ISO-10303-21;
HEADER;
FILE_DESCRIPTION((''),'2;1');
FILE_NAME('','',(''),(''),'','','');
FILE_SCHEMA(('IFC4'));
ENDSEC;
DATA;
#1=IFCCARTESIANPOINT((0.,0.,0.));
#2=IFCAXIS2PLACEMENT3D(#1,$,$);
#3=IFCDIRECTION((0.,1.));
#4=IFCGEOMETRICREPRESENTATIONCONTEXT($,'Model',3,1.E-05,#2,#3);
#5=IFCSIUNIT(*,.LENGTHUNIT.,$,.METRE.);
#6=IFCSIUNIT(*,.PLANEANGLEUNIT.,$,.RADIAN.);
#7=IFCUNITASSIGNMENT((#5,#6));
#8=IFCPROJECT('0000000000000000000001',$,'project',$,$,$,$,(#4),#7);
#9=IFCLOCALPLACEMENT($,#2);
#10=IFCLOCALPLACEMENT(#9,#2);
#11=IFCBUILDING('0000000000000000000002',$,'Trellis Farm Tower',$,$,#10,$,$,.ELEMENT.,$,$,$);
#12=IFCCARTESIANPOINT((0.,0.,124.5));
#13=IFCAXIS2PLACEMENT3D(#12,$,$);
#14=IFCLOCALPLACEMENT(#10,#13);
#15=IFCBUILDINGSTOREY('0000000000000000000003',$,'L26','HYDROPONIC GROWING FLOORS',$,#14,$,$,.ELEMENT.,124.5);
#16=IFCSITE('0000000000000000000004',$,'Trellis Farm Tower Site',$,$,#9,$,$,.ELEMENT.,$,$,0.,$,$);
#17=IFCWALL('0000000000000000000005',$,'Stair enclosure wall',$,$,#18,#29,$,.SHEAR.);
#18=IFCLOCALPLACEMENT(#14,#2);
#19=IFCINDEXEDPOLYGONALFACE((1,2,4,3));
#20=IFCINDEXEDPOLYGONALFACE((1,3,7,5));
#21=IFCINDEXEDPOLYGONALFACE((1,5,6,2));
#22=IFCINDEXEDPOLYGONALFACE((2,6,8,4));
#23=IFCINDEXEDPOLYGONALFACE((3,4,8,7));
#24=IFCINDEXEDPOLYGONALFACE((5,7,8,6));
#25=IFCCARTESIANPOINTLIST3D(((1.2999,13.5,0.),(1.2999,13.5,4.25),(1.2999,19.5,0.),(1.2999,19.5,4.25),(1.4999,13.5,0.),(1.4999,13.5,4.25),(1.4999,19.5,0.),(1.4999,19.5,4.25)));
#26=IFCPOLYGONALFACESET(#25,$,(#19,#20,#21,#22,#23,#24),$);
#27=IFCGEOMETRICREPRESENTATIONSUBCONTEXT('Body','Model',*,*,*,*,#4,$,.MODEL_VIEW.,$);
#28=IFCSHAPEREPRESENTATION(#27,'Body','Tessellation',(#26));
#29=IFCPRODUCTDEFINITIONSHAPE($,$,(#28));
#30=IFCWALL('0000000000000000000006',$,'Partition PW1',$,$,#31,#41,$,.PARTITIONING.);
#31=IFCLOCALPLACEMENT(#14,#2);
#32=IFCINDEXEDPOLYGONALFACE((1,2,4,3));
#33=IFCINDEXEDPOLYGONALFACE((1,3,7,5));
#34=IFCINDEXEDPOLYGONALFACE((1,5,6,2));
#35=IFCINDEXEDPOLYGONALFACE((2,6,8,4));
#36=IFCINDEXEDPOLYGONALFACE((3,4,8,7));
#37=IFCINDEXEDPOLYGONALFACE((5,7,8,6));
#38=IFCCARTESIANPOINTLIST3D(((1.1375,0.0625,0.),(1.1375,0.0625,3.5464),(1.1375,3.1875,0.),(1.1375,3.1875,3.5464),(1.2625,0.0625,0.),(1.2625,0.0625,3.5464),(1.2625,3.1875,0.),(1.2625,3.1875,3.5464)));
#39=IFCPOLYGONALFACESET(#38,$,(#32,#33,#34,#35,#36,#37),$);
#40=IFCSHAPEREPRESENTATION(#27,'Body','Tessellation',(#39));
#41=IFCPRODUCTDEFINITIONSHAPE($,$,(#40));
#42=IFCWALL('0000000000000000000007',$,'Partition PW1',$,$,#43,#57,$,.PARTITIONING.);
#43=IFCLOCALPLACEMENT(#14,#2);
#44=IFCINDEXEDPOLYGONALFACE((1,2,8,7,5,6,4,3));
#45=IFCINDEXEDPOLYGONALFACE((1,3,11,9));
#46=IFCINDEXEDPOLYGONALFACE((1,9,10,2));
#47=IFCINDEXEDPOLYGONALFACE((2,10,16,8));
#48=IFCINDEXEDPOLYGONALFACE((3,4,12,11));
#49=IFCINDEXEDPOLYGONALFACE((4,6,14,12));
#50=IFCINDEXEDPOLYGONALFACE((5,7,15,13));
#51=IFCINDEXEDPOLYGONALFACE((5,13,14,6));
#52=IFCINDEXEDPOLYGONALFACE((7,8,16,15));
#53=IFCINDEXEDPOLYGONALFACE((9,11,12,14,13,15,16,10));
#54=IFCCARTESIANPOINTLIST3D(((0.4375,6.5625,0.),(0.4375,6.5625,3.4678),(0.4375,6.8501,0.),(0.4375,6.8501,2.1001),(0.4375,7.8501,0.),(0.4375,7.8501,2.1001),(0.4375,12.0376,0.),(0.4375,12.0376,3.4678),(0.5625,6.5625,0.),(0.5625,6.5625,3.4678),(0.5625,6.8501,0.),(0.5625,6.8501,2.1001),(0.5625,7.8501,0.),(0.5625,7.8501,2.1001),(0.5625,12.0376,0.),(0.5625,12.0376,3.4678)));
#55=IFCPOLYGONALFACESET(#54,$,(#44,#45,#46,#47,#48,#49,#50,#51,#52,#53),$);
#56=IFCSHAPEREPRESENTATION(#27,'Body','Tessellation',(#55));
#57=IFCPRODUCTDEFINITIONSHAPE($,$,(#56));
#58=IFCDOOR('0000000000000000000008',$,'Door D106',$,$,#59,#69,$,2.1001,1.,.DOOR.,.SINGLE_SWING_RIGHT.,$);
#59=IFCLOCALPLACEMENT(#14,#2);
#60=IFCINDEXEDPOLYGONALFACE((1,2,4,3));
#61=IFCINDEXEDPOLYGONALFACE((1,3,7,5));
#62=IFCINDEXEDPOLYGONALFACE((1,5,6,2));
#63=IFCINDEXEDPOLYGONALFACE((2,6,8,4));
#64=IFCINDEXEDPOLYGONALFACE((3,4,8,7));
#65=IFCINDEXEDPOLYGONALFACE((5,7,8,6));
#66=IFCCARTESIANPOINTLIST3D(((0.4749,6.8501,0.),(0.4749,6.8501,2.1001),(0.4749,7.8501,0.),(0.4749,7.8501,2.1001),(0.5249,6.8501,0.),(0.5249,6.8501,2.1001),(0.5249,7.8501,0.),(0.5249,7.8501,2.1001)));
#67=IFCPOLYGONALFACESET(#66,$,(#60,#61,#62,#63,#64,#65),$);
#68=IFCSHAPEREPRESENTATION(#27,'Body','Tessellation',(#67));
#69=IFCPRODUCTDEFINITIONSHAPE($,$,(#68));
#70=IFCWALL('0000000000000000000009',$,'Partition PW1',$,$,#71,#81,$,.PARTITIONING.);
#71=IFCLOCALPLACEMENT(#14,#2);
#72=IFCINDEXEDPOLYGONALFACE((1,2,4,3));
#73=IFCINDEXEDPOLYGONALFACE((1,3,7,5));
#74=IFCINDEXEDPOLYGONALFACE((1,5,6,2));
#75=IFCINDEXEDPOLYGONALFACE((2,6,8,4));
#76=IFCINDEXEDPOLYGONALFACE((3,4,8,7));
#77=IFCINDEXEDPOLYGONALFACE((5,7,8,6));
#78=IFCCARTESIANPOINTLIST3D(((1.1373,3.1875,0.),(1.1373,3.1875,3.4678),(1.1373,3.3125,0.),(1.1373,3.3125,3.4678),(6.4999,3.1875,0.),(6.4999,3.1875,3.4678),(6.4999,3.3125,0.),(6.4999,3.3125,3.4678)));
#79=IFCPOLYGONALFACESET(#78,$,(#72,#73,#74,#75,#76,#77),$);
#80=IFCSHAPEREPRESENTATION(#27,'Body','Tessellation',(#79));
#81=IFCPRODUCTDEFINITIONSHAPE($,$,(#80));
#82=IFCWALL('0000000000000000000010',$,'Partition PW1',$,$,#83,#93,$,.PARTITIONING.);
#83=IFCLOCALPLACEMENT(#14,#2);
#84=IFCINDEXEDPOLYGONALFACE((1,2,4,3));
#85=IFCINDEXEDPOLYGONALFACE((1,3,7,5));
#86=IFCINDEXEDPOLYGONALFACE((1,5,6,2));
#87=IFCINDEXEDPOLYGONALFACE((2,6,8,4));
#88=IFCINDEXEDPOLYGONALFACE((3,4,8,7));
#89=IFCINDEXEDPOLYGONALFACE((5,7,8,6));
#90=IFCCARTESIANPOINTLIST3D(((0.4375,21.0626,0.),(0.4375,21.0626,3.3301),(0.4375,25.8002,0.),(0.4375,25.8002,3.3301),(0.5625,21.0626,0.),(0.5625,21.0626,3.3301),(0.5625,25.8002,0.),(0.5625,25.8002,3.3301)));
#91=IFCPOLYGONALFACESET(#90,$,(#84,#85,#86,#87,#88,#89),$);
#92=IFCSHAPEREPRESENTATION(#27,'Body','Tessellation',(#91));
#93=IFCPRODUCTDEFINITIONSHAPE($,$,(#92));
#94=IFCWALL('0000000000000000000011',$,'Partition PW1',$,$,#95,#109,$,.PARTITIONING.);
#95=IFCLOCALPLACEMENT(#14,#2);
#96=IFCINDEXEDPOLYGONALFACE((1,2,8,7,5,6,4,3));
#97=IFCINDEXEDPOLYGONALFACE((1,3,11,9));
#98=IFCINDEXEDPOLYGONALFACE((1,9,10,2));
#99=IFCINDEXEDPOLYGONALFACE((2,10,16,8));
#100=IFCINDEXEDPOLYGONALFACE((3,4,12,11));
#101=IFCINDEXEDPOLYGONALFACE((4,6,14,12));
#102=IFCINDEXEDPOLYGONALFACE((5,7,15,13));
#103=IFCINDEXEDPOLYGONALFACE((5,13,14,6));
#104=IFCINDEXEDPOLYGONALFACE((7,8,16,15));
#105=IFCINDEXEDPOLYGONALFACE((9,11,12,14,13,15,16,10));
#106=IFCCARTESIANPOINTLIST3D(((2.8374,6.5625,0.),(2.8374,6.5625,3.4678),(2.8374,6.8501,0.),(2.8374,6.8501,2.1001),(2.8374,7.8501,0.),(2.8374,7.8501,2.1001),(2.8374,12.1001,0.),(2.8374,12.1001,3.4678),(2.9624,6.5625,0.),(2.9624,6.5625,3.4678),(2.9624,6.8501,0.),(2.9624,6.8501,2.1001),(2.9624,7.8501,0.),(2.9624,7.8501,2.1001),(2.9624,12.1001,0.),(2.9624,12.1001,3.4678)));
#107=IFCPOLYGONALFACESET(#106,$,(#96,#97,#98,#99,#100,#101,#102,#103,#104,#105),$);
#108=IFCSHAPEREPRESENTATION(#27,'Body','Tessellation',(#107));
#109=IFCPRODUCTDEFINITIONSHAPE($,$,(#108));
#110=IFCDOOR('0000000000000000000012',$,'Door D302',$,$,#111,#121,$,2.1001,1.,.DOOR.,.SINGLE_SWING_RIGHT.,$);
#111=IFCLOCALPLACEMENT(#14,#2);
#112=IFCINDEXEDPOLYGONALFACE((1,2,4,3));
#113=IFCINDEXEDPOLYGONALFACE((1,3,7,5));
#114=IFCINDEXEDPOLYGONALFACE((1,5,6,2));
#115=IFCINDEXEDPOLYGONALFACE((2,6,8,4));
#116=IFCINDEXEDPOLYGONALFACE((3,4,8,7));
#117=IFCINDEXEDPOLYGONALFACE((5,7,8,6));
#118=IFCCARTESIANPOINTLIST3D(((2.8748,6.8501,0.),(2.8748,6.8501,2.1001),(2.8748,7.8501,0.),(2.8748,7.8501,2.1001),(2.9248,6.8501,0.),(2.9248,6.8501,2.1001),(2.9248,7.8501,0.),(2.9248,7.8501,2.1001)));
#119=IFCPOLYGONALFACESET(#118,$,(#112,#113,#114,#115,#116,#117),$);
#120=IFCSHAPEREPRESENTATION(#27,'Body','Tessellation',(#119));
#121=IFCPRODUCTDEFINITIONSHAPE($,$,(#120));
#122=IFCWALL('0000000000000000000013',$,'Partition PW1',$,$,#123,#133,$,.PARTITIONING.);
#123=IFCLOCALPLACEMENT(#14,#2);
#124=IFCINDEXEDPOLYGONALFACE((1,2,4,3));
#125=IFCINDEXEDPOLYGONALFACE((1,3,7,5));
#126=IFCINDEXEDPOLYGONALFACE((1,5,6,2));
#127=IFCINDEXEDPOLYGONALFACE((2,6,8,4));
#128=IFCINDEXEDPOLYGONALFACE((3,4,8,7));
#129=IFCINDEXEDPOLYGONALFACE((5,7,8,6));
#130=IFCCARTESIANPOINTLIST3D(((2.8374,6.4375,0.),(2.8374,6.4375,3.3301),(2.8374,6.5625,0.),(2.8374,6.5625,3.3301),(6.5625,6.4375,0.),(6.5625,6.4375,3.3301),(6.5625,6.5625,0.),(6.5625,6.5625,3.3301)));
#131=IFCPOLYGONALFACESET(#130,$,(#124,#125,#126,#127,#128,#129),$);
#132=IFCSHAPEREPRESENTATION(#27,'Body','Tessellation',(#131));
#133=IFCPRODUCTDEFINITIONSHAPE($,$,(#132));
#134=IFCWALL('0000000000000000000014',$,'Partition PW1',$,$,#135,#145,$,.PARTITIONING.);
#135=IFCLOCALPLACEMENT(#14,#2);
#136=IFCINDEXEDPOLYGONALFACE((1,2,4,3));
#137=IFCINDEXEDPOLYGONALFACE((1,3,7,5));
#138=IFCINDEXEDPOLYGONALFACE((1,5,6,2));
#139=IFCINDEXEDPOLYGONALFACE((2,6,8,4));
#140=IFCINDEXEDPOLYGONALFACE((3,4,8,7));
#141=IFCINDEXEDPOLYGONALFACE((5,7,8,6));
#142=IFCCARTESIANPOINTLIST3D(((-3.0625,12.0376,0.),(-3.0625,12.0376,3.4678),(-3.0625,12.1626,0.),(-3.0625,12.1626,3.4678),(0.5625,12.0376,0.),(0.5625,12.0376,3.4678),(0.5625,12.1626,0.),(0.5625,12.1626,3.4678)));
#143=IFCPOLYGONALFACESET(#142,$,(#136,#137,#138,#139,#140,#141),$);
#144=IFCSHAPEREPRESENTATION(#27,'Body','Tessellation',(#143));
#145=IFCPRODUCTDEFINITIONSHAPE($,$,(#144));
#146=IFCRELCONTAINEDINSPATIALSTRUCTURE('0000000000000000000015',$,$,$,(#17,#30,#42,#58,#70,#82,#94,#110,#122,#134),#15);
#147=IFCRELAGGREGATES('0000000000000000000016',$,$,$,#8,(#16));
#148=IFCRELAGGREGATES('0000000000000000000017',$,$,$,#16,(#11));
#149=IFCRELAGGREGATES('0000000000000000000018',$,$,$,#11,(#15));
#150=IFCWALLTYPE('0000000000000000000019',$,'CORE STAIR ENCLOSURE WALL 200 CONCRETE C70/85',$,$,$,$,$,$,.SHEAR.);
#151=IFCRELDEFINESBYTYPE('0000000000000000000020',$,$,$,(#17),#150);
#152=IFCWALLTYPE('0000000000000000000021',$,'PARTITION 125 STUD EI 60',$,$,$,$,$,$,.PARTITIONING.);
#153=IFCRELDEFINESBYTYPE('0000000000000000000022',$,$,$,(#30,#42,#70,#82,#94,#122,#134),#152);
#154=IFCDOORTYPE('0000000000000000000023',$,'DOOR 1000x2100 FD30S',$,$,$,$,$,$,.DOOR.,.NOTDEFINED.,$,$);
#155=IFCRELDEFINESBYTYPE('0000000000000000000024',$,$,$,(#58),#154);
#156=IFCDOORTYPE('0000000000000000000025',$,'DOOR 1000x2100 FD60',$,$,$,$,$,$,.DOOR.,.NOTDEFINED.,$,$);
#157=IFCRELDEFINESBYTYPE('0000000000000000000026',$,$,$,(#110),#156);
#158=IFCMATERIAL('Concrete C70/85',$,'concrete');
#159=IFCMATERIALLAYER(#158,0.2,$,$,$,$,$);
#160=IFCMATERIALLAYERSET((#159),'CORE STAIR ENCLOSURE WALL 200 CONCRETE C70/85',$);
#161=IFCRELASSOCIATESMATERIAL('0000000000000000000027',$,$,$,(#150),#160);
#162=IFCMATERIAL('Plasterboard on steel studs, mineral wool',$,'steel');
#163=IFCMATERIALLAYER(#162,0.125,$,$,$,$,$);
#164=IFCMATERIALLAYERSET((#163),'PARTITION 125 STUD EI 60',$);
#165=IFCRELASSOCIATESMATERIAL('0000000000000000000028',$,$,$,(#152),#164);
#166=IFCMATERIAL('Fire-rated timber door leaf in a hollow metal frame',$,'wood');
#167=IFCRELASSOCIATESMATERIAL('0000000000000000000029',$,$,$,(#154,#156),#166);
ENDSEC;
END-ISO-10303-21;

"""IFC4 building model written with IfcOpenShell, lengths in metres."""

from ifc_helpers import new_model, si_unit, direction, frame, frame_2d, origin, place, context, subcontext, project, spatial, rectangle, extrude, source, transform, mapped, material, layer, layer_set, type_object, element, fill, save


model = new_model("IFC4")

# Units and contexts
model_context = context("Model", 3, precision=1e-05, world=origin(), true_north=direction((0.0, 1.0)))
body_context = subcontext(model_context, "Body", "Model", "MODEL_VIEW")
ifc_project = project(units=[si_unit("LENGTHUNIT", "METRE"), si_unit("PLANEANGLEUNIT", "RADIAN")], contexts=[model_context])

# Site, building, storey
site_placement = place(None, origin())
site = spatial("IfcSite", under=ifc_project, at=site_placement, Name="Trellis Farm Tower Site", CompositionType="ELEMENT", RefElevation=0.0)
building_placement = place(site_placement, origin())
building = spatial("IfcBuilding", under=site, at=building_placement, Name="Trellis Farm Tower", CompositionType="ELEMENT")
storey_placement = place(building_placement, frame((0.0, 0.0, 124.5)))
storey = spatial("IfcBuildingStorey", under=building, at=storey_placement, Name="L26", Description="HYDROPONIC GROWING FLOORS", CompositionType="ELEMENT", Elevation=124.5)

# Walls
ifc_material_1 = material(Name="Concrete C70/85", Category="concrete")
ifc_layer_1 = layer(ifc_material_1, 0.2)
ifc_layer_set_1 = layer_set([ifc_layer_1], Name="CORE STAIR ENCLOSURE WALL 200 CONCRETE C70/85")
wall_type_1 = type_object("IfcWallType", Name="CORE STAIR ENCLOSURE WALL 200 CONCRETE C70/85", PredefinedType="SHEAR", material=ifc_layer_set_1)
shared_shape_1 = source(origin(), body_context, "Body", "SweptSolid", [
    extrude(rectangle(XDim=6.0, YDim=0.2, at=frame_2d((3.0, 0.0))), origin(), (0.0, 0.0, 1.0), 4.25),
])
wall_1_placement = place(storey_placement, frame((1.3999, 13.5, 0.0), z_axis=(0.0, 0.0, 1.0), x_axis=(0.0, 1.0, 0.0)))
element("IfcWall", 1, at=wall_1_placement, inside=storey, type_object=wall_type_1, Name="Stair enclosure wall", PredefinedType="SHEAR", context=body_context, shape_type="MappedRepresentation", body=[
    mapped(shared_shape_1, transform((0.0, 0.0, 0.0))),
])
ifc_material_2 = material(Name="Plasterboard on steel studs, mineral wool", Category="steel")
ifc_layer_2 = layer(ifc_material_2, 0.125)
ifc_layer_set_2 = layer_set([ifc_layer_2], Name="PARTITION 125 STUD EI 60")
wall_type_2 = type_object("IfcWallType", Name="PARTITION 125 STUD EI 60", PredefinedType="PARTITIONING", material=ifc_layer_set_2)
shared_shape_2 = source(origin(), body_context, "Body", "SweptSolid", [
    extrude(rectangle(XDim=3.125, YDim=0.125, at=frame_2d((1.5625, 0.0))), origin(), (0.0, 0.0, 1.0), 3.5464),
])
wall_2_placement = place(storey_placement, frame((1.2, 3.1875, 0.0), z_axis=(0.0, 0.0, 1.0), x_axis=(0.0, -1.0, 0.0)))
element("IfcWall", 2, at=wall_2_placement, inside=storey, type_object=wall_type_2, Name="Partition PW1", PredefinedType="PARTITIONING", context=body_context, shape_type="MappedRepresentation", body=[
    mapped(shared_shape_2, transform((0.0, 0.0, 0.0))),
])

# Wall, opening, door
shared_shape_3 = source(origin(), body_context, "Body", "SweptSolid", [
    extrude(rectangle(XDim=5.4751, YDim=0.125, at=frame_2d((2.7375, 0.0))), origin(), (0.0, 0.0, 1.0), 3.4678),
])
wall_3_placement = place(storey_placement, frame((0.5, 12.0376, 0.0), z_axis=(0.0, 0.0, 1.0), x_axis=(0.0, -1.0, 0.0)))
wall_3 = element("IfcWall", 3, at=wall_3_placement, inside=storey, type_object=wall_type_2, Name="Partition PW1", PredefinedType="PARTITIONING", context=body_context, shape_type="MappedRepresentation", body=[
    mapped(shared_shape_3, transform((0.0, 0.0, 0.0))),
])
shared_shape_4 = source(origin(), body_context, "Body", "SweptSolid", [
    extrude(rectangle(XDim=1.0, YDim=2.1001, at=frame_2d((0.5, 1.05))), frame((0.0, 0.0725, 0.0), z_axis=(0.0, -1.0, 0.0), x_axis=(1.0, 0.0, 0.0)), (0.0, 0.0, 1.0), 0.145),
])
opening_1_placement = place(wall_3_placement, frame((4.1875, 0.0, 0.0)))
opening_1 = element("IfcOpeningElement", 4, at=opening_1_placement, cuts=wall_3, PredefinedType="OPENING", context=body_context, shape_type="MappedRepresentation", body=[
    mapped(shared_shape_4, transform((0.0, 0.0, 0.0))),
])
ifc_material_3 = material(Name="Fire-rated timber door leaf in a hollow metal frame", Category="wood")
door_type_1 = type_object("IfcDoorType", Name="DOOR 1000x2100 FD30S", OperationType="NOTDEFINED", PredefinedType="DOOR", material=ifc_material_3)
shared_shape_5 = source(origin(), body_context, "Body", "SweptSolid", [
    extrude(rectangle(XDim=1.0, YDim=2.1001, at=frame_2d((0.5, 1.05))), frame((0.0, 0.0249, 0.0), z_axis=(0.0, -1.0, 0.0), x_axis=(1.0, 0.0, 0.0)), (0.0, 0.0, 1.0), 0.05),
])
door_1_placement = place(opening_1_placement, origin())
door_1 = element("IfcDoor", 5, at=door_1_placement, inside=storey, type_object=door_type_1, Name="Door D106", OperationType="SINGLE_SWING_RIGHT", OverallHeight=2.1001, OverallWidth=1.0, PredefinedType="DOOR", context=body_context, shape_type="MappedRepresentation", body=[
    mapped(shared_shape_5, transform((0.0, 0.0, 0.0))),
])
fill(opening_1, door_1)

# Walls
shared_shape_6 = source(origin(), body_context, "Body", "SweptSolid", [
    extrude(rectangle(XDim=5.3625, YDim=0.125, at=frame_2d((2.6812, 0.0))), origin(), (0.0, 0.0, 1.0), 3.4678),
])
wall_4_placement = place(storey_placement, frame((1.1375, 3.25, 0.0), z_axis=(0.0, 0.0, 1.0), x_axis=(1.0, 0.0, 0.0)))
element("IfcWall", 6, at=wall_4_placement, inside=storey, type_object=wall_type_2, Name="Partition PW1", PredefinedType="PARTITIONING", context=body_context, shape_type="MappedRepresentation", body=[
    mapped(shared_shape_6, transform((0.0, 0.0, 0.0))),
])
shared_shape_7 = source(origin(), body_context, "Body", "SweptSolid", [
    extrude(rectangle(XDim=4.7375, YDim=0.125, at=frame_2d((2.3687, 0.0))), origin(), (0.0, 0.0, 1.0), 3.3301),
])
wall_5_placement = place(storey_placement, frame((0.5, 25.8, 0.0), z_axis=(0.0, 0.0, 1.0), x_axis=(0.0, -1.0, 0.0)))
element("IfcWall", 7, at=wall_5_placement, inside=storey, type_object=wall_type_2, Name="Partition PW1", PredefinedType="PARTITIONING", context=body_context, shape_type="MappedRepresentation", body=[
    mapped(shared_shape_7, transform((0.0, 0.0, 0.0))),
])

# Wall, opening, door
shared_shape_8 = source(origin(), body_context, "Body", "SweptSolid", [
    extrude(rectangle(XDim=5.5376, YDim=0.125, at=frame_2d((2.7688, 0.0))), origin(), (0.0, 0.0, 1.0), 3.4678),
])
wall_6_placement = place(storey_placement, frame((2.8999, 12.1001, 0.0), z_axis=(0.0, 0.0, 1.0), x_axis=(0.0, -1.0, 0.0)))
wall_6 = element("IfcWall", 8, at=wall_6_placement, inside=storey, type_object=wall_type_2, Name="Partition PW1", PredefinedType="PARTITIONING", context=body_context, shape_type="MappedRepresentation", body=[
    mapped(shared_shape_8, transform((0.0, 0.0, 0.0))),
])
opening_2_placement = place(wall_6_placement, frame((4.25, 0.0, 0.0)))
opening_2 = element("IfcOpeningElement", 9, at=opening_2_placement, cuts=wall_6, PredefinedType="OPENING", context=body_context, shape_type="MappedRepresentation", body=[
    mapped(shared_shape_4, transform((0.0, 0.0, 0.0))),
])
door_type_2 = type_object("IfcDoorType", Name="DOOR 1000x2100 FD60", OperationType="NOTDEFINED", PredefinedType="DOOR", material=ifc_material_3)
door_2_placement = place(opening_2_placement, origin())
door_2 = element("IfcDoor", 10, at=door_2_placement, inside=storey, type_object=door_type_2, Name="Door D302", OperationType="SINGLE_SWING_RIGHT", OverallHeight=2.1001, OverallWidth=1.0, PredefinedType="DOOR", context=body_context, shape_type="MappedRepresentation", body=[
    mapped(shared_shape_5, transform((0.0, 0.0, 0.0))),
])
fill(opening_2, door_2)

# Walls
shared_shape_9 = source(origin(), body_context, "Body", "SweptSolid", [
    extrude(rectangle(XDim=3.7251, YDim=0.125, at=frame_2d((1.8625, 0.0))), origin(), (0.0, 0.0, 1.0), 3.3301),
])
wall_7_placement = place(storey_placement, frame((2.8374, 6.5, 0.0), z_axis=(0.0, 0.0, 1.0), x_axis=(1.0, 0.0, 0.0)))
element("IfcWall", 11, at=wall_7_placement, inside=storey, type_object=wall_type_2, Name="Partition PW1", PredefinedType="PARTITIONING", context=body_context, shape_type="MappedRepresentation", body=[
    mapped(shared_shape_9, transform((0.0, 0.0, 0.0))),
])
shared_shape_10 = source(origin(), body_context, "Body", "SweptSolid", [
    extrude(rectangle(XDim=3.625, YDim=0.125, at=frame_2d((1.8125, 0.0))), origin(), (0.0, 0.0, 1.0), 3.4678),
])
wall_8_placement = place(storey_placement, frame((0.5625, 12.1001, 0.0), z_axis=(0.0, 0.0, 1.0), x_axis=(-1.0, 0.0, 0.0)))
element("IfcWall", 12, at=wall_8_placement, inside=storey, type_object=wall_type_2, Name="Partition PW1", PredefinedType="PARTITIONING", context=body_context, shape_type="MappedRepresentation", body=[
    mapped(shared_shape_10, transform((0.0, 0.0, 0.0))),
])

save(model, "model.ifc")
